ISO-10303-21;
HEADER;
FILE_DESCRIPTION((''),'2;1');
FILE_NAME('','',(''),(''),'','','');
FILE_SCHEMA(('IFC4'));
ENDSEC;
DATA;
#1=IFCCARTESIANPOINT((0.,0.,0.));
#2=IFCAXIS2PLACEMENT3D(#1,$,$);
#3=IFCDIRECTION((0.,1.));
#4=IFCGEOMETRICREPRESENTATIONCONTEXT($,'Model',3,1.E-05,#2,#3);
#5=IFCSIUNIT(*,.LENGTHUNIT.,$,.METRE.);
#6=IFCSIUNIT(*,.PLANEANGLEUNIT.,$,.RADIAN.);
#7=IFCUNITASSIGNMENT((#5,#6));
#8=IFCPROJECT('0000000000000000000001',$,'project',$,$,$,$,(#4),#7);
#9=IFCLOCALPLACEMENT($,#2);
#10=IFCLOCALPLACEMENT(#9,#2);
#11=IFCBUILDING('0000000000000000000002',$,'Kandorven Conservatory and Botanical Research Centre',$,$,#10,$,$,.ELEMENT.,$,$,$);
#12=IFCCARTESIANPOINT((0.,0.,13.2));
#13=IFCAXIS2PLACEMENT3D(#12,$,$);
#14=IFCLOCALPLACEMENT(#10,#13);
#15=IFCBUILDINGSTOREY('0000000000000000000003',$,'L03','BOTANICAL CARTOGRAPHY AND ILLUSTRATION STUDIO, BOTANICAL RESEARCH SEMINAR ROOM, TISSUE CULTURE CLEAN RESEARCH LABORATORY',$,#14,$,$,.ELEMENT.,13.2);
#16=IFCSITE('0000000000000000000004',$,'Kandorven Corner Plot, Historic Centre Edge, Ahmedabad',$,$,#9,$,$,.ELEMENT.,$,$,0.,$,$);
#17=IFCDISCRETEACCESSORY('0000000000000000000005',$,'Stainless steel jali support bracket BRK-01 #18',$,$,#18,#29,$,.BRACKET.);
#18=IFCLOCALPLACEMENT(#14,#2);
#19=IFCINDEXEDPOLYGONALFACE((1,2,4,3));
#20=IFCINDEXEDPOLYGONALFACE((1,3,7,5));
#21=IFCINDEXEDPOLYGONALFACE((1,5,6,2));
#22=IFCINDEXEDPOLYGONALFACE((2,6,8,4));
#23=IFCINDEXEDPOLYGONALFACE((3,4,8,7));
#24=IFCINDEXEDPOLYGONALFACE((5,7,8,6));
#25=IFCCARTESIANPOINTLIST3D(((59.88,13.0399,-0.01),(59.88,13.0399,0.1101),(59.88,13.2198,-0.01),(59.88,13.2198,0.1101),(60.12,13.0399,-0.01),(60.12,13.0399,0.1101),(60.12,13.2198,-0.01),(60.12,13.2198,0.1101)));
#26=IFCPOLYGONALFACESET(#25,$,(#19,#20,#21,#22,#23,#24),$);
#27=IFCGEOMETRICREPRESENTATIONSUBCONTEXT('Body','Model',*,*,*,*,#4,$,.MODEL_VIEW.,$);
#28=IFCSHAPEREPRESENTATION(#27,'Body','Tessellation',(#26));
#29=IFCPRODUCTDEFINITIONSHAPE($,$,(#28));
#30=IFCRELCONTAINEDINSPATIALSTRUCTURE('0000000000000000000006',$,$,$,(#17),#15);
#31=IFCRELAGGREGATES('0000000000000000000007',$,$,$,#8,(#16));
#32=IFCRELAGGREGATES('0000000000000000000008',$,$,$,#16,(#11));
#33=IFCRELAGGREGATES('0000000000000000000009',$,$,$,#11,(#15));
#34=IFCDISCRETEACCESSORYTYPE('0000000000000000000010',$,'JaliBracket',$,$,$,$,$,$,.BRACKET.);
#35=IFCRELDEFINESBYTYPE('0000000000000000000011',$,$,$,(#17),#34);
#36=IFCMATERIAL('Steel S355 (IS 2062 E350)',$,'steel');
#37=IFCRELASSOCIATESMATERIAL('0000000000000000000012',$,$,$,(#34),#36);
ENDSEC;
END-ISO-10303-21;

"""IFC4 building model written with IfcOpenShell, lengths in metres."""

from ifc_helpers import new_model, si_unit, direction, frame, origin, origin_2d, place, context, subcontext, project, spatial, rectangle, extrude, material, type_object, element, save


model = new_model("IFC4")

# Units and contexts
model_context = context("Model", 3, precision=1e-05, world=origin(), true_north=direction((0.0, 1.0)))
body_context = subcontext(model_context, "Body", "Model", "MODEL_VIEW")
ifc_project = project(units=[si_unit("LENGTHUNIT", "METRE"), si_unit("PLANEANGLEUNIT", "RADIAN")], contexts=[model_context])

# Site, building, storey
site_placement = place(None, origin())
site = spatial("IfcSite", under=ifc_project, at=site_placement, Name="Kandorven Corner Plot, Historic Centre Edge, Ahmedabad", CompositionType="ELEMENT", RefElevation=0.0)
building_placement = place(site_placement, origin())
building = spatial("IfcBuilding", under=site, at=building_placement, Name="Kandorven Conservatory and Botanical Research Centre", CompositionType="ELEMENT")
storey_placement = place(building_placement, frame((0.0, 0.0, 13.2)))
storey = spatial("IfcBuildingStorey", under=building, at=storey_placement, Name="L03", Description="BOTANICAL CARTOGRAPHY AND ILLUSTRATION STUDIO, BOTANICAL RESEARCH SEMINAR ROOM, TISSUE CULTURE CLEAN RESEARCH LABORATORY", CompositionType="ELEMENT", Elevation=13.2)

# Discrete accessory
ifc_material_1 = material(Name="Steel S355 (IS 2062 E350)", Category="steel")
discrete_accessory_type = type_object("IfcDiscreteAccessoryType", Name="JaliBracket", PredefinedType="BRACKET", material=ifc_material_1)
for number, where, z_axis, x_axis, name in (
    (1, (60.0, 13.1299, -0.01), (0.0, 0.0, 1.0), (1.0, 0.0, 0.0), "Stainless steel jali support bracket BRK-01 #18"),
):
    element("IfcDiscreteAccessory", number, at=place(storey_placement, frame(where, z_axis=z_axis, x_axis=x_axis)), inside=storey, type_object=discrete_accessory_type, Name=name, PredefinedType="BRACKET", context=body_context, shape_type="SweptSolid", body=[
        extrude(rectangle(XDim=0.24, YDim=0.1799, at=origin_2d()), origin(), (0.0, 0.0, 1.0), 0.1201),
    ])

save(model, "model.ifc")
